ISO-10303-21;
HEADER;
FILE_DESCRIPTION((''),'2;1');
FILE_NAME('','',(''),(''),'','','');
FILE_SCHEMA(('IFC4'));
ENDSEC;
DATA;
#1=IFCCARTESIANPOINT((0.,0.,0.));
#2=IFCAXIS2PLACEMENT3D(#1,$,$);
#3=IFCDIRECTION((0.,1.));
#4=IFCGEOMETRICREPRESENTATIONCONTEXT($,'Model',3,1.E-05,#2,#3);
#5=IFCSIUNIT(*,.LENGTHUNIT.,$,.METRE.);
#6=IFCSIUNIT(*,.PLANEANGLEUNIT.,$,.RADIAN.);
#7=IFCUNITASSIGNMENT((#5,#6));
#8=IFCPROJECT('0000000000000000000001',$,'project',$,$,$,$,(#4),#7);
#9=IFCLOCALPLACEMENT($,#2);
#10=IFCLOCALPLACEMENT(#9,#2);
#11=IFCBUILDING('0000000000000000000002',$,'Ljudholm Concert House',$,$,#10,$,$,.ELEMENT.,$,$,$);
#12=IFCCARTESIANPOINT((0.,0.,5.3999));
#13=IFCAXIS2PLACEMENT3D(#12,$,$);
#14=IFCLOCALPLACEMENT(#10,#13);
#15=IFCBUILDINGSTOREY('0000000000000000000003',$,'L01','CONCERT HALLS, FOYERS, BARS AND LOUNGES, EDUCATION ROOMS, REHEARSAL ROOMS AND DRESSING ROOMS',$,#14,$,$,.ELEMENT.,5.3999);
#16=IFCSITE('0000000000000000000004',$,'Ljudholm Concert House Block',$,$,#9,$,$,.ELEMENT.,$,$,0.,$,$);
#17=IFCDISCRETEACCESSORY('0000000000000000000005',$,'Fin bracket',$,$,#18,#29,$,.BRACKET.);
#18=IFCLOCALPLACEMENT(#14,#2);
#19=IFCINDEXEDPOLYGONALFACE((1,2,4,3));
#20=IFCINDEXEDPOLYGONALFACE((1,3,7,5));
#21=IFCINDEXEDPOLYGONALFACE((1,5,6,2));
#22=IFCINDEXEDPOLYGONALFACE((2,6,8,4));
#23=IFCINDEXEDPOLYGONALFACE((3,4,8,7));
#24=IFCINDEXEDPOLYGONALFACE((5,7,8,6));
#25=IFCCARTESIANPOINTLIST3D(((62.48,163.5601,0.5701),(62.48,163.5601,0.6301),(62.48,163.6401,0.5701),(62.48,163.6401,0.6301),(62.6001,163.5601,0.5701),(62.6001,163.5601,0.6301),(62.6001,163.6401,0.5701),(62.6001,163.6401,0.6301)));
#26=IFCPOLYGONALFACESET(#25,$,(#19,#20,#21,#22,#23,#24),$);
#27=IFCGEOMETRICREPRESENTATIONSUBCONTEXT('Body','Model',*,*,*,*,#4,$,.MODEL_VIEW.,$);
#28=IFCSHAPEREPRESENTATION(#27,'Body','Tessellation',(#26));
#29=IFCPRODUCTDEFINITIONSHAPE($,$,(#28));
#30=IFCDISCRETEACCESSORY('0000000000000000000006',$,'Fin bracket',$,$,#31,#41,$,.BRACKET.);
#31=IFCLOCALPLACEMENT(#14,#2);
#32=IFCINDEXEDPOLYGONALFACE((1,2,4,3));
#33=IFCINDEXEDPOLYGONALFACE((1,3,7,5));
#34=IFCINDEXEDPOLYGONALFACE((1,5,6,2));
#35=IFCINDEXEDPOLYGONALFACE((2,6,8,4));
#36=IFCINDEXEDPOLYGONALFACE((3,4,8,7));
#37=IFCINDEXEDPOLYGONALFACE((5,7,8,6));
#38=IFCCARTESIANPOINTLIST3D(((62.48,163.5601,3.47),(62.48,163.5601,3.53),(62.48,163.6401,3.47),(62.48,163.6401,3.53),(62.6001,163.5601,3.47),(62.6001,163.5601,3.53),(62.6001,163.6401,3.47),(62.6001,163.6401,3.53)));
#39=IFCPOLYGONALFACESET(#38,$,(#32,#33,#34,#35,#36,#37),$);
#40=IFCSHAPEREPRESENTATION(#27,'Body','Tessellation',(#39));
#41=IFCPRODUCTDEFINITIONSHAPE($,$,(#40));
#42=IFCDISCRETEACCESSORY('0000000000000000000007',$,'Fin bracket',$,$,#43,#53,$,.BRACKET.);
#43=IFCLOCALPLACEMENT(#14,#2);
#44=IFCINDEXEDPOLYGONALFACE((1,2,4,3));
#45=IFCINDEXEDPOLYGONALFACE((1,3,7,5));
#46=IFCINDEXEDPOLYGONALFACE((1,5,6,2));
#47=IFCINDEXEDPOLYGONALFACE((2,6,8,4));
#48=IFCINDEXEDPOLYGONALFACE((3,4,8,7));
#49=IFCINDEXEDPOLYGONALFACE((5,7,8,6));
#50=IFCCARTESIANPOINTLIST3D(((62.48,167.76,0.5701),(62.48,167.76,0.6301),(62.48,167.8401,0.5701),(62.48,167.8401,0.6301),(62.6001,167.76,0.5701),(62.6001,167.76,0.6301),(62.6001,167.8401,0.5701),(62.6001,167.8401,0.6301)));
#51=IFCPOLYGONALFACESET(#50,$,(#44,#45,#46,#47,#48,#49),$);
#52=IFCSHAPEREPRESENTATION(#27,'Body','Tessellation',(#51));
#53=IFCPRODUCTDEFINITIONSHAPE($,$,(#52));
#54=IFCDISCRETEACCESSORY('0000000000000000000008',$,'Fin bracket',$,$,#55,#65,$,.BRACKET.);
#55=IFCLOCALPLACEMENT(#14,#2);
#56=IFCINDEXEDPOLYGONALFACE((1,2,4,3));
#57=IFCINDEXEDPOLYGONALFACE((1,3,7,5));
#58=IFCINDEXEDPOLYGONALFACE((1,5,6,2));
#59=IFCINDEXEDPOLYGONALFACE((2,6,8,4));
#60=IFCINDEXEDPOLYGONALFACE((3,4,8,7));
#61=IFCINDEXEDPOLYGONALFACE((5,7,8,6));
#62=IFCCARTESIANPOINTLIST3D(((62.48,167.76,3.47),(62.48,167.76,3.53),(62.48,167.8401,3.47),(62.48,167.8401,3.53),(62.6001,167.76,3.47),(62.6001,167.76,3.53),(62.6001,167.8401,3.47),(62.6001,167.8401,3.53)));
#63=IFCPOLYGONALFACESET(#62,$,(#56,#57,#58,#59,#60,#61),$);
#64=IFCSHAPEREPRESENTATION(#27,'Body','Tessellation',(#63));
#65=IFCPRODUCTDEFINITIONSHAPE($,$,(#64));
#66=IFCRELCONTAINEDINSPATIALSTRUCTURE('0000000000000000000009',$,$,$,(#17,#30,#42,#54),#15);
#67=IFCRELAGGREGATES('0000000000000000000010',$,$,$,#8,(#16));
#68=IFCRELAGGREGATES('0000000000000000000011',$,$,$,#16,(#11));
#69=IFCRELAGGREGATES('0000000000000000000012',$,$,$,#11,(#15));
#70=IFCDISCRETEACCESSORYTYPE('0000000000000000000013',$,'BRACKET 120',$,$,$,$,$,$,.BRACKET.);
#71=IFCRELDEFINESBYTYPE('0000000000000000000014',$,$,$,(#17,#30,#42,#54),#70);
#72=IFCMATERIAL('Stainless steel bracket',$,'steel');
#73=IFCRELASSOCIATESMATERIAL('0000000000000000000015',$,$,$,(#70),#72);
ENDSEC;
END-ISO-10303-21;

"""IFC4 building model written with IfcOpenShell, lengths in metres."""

from ifc_helpers import new_model, si_unit, direction, frame, origin, origin_2d, place, context, subcontext, project, spatial, rectangle, extrude, material, type_object, element, save


model = new_model("IFC4")

# Units and contexts
model_context = context("Model", 3, precision=1e-05, world=origin(), true_north=direction((0.0, 1.0)))
body_context = subcontext(model_context, "Body", "Model", "MODEL_VIEW")
ifc_project = project(units=[si_unit("LENGTHUNIT", "METRE"), si_unit("PLANEANGLEUNIT", "RADIAN")], contexts=[model_context])

# Site, building, storey
site_placement = place(None, origin())
site = spatial("IfcSite", under=ifc_project, at=site_placement, Name="Ljudholm Concert House Block", CompositionType="ELEMENT", RefElevation=0.0)
building_placement = place(site_placement, origin())
building = spatial("IfcBuilding", under=site, at=building_placement, Name="Ljudholm Concert House", CompositionType="ELEMENT")
storey_placement = place(building_placement, frame((0.0, 0.0, 5.3999)))
storey = spatial("IfcBuildingStorey", under=building, at=storey_placement, Name="L01", Description="CONCERT HALLS, FOYERS, BARS AND LOUNGES, EDUCATION ROOMS, REHEARSAL ROOMS AND DRESSING ROOMS", CompositionType="ELEMENT", Elevation=5.3999)

# Discrete accessories
ifc_material_1 = material(Name="Stainless steel bracket", Category="steel")
discrete_accessory_type = type_object("IfcDiscreteAccessoryType", Name="BRACKET 120", PredefinedType="BRACKET", material=ifc_material_1)
for number, where, z_axis, x_axis, name in (
    (1, (62.54, 163.6001, 0.5701), (0.0, 0.0, 1.0), (-1.0, 0.0, 0.0), "Fin bracket"),
    (2, (62.54, 163.6001, 3.47), (0.0, 0.0, 1.0), (-1.0, 0.0, 0.0), "Fin bracket"),
    (3, (62.54, 167.8, 0.5701), (0.0, 0.0, 1.0), (-1.0, 0.0, 0.0), "Fin bracket"),
    (4, (62.54, 167.8, 3.47), (0.0, 0.0, 1.0), (-1.0, 0.0, 0.0), "Fin bracket"),
):
    element("IfcDiscreteAccessory", number, at=place(storey_placement, frame(where, z_axis=z_axis, x_axis=x_axis)), inside=storey, type_object=discrete_accessory_type, Name=name, PredefinedType="BRACKET", context=body_context, shape_type="SweptSolid", body=[
        extrude(rectangle(XDim=0.1201, YDim=0.0801, at=origin_2d()), origin(), (0.0, 0.0, 1.0), 0.0601),
    ])

save(model, "model.ifc")
